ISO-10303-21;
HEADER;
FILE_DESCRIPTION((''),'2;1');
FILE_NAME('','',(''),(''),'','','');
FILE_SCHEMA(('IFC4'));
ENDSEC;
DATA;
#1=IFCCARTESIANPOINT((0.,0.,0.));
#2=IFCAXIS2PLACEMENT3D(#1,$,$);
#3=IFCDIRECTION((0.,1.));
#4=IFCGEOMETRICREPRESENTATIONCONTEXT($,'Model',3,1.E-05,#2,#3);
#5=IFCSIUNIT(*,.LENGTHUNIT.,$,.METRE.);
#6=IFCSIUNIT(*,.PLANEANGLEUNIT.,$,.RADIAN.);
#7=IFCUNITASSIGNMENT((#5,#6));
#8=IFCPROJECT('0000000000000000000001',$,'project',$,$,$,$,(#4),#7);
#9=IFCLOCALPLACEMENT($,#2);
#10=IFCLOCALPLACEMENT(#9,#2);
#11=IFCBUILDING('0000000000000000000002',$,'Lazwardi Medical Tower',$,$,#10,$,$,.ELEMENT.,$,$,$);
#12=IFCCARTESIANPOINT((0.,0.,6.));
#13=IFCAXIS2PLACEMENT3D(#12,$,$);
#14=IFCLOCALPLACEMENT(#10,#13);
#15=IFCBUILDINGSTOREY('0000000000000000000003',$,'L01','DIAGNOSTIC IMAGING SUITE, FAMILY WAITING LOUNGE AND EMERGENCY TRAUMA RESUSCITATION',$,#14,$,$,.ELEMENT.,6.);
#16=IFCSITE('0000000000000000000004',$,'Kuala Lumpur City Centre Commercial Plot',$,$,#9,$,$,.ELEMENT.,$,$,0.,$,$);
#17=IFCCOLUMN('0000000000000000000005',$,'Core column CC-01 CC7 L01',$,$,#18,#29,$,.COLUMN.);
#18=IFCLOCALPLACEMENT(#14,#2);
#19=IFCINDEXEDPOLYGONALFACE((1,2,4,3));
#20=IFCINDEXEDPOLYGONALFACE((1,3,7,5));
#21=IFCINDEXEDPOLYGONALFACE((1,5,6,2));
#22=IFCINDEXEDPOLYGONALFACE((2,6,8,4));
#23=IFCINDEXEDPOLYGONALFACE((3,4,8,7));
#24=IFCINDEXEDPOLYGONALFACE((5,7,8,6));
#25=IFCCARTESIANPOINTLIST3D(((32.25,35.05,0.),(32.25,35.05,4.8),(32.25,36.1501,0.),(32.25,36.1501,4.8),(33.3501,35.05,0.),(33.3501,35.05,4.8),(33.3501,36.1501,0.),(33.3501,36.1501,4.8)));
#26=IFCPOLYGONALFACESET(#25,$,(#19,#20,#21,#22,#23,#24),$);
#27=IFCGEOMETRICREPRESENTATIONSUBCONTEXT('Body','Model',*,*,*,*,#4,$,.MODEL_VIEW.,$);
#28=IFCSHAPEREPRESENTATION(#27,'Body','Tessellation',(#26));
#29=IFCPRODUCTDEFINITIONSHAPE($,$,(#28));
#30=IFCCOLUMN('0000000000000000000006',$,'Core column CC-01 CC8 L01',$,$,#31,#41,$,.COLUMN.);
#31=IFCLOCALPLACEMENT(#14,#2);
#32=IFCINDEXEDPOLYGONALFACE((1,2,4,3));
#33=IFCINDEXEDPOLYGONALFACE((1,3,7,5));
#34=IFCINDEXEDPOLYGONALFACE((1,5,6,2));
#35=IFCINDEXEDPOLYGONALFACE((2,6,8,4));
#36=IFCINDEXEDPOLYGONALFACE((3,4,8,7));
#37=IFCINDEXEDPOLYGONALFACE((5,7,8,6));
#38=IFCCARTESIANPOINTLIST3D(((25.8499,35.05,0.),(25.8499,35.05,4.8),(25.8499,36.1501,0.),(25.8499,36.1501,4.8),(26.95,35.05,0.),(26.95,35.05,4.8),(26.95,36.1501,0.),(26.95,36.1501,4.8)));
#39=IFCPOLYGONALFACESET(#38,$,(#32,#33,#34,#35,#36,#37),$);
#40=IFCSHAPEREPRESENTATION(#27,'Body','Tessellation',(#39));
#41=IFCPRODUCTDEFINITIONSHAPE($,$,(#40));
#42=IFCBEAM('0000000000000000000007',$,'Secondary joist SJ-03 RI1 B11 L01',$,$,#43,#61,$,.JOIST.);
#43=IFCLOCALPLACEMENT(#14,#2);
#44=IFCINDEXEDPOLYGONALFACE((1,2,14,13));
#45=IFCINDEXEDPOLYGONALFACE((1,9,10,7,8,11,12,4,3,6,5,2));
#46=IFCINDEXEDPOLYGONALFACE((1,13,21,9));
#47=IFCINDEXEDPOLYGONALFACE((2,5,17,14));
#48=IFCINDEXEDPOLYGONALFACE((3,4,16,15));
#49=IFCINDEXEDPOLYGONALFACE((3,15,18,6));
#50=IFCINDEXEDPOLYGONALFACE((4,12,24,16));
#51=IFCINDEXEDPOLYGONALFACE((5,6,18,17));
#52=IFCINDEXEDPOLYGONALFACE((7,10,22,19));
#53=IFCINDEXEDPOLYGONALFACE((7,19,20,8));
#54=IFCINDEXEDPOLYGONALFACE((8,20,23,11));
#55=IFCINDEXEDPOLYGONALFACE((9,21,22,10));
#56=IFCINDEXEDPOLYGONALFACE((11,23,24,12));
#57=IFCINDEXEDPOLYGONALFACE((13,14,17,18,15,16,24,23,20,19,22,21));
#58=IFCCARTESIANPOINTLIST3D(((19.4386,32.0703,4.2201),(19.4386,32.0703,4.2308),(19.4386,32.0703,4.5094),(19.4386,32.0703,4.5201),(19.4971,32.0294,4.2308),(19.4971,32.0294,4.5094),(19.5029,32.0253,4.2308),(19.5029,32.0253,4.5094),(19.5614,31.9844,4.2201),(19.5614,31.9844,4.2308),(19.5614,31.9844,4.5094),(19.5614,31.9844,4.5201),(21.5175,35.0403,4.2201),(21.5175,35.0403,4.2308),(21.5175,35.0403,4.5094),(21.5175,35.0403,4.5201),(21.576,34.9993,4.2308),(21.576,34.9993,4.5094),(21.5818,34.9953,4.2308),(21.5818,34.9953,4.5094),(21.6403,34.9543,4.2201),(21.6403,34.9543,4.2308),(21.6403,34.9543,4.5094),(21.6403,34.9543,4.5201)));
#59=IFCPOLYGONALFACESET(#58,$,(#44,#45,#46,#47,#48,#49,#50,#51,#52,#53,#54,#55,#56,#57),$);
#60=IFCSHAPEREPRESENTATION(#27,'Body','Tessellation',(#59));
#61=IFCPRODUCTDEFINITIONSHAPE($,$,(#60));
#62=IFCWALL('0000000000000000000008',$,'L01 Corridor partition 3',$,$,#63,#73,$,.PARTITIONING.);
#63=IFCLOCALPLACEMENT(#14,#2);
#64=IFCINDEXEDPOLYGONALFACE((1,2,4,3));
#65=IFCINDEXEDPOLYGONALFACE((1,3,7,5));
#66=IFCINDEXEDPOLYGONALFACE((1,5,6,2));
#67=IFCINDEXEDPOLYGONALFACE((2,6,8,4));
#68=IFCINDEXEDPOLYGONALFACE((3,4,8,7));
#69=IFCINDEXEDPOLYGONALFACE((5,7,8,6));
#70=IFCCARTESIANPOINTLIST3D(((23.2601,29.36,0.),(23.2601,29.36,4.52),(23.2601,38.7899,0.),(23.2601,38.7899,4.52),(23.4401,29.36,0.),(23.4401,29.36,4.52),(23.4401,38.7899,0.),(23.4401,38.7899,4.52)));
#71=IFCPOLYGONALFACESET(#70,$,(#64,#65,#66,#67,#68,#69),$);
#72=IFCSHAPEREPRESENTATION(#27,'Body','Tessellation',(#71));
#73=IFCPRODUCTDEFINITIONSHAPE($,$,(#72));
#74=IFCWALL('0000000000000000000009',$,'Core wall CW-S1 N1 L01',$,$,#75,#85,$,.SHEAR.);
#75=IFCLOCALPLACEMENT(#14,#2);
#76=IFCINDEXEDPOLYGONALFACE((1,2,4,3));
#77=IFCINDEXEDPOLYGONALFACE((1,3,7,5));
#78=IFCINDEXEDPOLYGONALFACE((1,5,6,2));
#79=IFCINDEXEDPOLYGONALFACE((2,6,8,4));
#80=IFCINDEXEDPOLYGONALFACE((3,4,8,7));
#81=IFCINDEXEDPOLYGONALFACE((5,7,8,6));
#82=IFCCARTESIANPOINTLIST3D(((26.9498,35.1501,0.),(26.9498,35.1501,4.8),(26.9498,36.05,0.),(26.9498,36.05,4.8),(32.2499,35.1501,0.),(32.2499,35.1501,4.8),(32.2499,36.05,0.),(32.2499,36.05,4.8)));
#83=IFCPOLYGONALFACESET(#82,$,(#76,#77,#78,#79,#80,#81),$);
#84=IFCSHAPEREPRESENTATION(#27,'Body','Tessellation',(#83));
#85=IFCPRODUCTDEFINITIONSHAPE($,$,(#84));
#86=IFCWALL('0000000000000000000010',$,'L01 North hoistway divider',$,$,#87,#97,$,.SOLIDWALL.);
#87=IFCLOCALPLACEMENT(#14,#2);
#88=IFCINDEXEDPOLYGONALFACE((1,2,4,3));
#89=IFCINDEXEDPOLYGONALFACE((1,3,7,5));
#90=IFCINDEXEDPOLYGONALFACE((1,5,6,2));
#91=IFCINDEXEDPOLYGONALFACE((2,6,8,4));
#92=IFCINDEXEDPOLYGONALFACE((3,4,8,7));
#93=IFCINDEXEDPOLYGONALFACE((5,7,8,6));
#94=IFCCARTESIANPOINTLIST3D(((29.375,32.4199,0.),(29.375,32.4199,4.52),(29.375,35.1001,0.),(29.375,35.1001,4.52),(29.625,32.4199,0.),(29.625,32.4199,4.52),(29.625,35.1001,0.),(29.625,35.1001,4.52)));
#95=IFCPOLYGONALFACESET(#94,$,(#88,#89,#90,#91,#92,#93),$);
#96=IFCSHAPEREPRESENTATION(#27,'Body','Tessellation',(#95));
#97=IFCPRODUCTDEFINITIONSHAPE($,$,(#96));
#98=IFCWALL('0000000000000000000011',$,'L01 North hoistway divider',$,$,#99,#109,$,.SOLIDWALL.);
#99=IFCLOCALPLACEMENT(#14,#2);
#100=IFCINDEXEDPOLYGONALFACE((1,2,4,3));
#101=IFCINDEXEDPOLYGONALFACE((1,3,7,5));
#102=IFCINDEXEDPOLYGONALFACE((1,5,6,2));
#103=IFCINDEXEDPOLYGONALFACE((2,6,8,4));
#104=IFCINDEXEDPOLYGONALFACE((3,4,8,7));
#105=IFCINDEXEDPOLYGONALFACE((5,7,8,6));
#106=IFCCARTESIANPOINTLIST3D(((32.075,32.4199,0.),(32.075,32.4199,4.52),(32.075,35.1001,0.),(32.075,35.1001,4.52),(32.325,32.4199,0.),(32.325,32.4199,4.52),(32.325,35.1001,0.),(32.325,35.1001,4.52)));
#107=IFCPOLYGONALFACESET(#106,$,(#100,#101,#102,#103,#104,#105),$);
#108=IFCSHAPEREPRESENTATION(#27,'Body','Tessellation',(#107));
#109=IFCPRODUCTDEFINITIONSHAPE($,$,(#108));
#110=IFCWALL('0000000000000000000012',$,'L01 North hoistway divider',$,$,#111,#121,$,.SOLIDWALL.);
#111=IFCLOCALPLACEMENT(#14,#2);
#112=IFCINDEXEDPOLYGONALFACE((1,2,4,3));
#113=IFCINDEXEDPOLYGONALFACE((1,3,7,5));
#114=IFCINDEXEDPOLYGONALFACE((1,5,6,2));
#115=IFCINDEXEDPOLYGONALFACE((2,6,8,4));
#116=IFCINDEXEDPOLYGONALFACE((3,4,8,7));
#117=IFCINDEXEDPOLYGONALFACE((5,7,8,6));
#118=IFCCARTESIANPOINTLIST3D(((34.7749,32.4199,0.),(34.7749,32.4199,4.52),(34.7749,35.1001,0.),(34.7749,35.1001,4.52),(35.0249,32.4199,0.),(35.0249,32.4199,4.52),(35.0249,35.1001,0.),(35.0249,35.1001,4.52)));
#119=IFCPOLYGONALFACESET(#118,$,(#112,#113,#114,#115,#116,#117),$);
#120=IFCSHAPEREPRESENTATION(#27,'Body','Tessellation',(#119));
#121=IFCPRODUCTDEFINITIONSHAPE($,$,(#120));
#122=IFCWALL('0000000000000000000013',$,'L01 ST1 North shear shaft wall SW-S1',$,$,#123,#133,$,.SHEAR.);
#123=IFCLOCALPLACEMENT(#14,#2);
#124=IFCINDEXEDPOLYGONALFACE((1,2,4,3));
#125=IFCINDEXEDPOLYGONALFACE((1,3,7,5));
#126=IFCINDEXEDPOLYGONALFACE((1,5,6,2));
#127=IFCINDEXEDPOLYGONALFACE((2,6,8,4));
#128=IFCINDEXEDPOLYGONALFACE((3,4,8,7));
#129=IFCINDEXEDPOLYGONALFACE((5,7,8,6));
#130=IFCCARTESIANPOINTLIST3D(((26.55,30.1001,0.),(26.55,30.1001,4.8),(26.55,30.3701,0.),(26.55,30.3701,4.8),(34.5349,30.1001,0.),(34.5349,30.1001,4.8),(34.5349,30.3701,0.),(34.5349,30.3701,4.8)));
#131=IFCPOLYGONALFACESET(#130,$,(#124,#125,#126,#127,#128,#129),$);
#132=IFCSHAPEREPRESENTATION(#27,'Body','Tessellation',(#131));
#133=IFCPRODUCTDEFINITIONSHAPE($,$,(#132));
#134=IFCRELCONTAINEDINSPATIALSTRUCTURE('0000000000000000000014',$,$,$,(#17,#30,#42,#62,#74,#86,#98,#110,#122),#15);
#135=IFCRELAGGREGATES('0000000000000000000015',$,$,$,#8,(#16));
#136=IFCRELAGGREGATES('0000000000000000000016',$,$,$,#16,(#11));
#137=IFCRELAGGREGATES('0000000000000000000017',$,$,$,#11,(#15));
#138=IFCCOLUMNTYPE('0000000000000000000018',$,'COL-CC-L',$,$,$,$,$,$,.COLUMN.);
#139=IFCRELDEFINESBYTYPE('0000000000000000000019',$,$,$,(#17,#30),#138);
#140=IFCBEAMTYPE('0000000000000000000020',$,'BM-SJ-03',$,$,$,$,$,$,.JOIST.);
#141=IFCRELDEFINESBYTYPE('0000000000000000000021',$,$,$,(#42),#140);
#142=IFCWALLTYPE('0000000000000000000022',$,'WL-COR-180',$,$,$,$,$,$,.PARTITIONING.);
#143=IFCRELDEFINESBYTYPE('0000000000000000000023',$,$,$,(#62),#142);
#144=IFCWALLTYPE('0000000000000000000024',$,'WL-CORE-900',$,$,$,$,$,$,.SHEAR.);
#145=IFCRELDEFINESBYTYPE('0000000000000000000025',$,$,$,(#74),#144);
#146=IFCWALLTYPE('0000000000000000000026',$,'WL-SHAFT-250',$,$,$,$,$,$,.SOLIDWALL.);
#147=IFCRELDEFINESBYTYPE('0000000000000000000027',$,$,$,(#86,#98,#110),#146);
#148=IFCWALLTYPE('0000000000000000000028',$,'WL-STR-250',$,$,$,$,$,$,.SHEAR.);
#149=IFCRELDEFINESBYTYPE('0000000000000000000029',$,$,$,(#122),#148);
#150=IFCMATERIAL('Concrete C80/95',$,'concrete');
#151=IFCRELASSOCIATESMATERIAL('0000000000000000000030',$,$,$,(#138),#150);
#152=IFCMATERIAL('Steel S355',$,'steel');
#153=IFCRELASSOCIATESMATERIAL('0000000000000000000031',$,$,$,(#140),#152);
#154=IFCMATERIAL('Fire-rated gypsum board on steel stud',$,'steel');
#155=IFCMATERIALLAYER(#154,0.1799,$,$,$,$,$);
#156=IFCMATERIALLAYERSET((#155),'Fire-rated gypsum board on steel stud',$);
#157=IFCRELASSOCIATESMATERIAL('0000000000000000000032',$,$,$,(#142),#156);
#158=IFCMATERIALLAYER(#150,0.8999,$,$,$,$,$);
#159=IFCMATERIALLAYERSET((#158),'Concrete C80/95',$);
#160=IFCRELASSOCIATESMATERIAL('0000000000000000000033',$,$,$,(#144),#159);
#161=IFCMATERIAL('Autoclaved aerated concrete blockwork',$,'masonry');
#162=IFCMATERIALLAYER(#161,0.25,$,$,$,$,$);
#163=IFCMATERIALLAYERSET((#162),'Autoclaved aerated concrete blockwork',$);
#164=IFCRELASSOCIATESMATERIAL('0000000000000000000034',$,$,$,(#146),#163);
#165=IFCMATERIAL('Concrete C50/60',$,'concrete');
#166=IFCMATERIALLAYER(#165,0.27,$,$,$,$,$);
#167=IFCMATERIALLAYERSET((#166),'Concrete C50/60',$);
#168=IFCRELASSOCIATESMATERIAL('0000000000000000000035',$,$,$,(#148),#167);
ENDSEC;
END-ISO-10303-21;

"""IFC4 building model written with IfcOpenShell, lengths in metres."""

from ifc_helpers import new_model, si_unit, direction, frame, frame_2d, origin, origin_2d, place, context, subcontext, project, spatial, rectangle, i_section, extrude, material, layer, layer_set, material_profile, profile_set, type_object, element, save


model = new_model("IFC4")

# Units and contexts
model_context = context("Model", 3, precision=1e-05, world=origin(), true_north=direction((0.0, 1.0)))
body_context = subcontext(model_context, "Body", "Model", "MODEL_VIEW")
ifc_project = project(units=[si_unit("LENGTHUNIT", "METRE"), si_unit("PLANEANGLEUNIT", "RADIAN")], contexts=[model_context])

# Site, building, storey
site_placement = place(None, origin())
site = spatial("IfcSite", under=ifc_project, at=site_placement, Name="Kuala Lumpur City Centre Commercial Plot", CompositionType="ELEMENT", RefElevation=0.0)
building_placement = place(site_placement, origin())
building = spatial("IfcBuilding", under=site, at=building_placement, Name="Lazwardi Medical Tower", CompositionType="ELEMENT")
storey_placement = place(building_placement, frame((0.0, 0.0, 6.0)))
storey = spatial("IfcBuildingStorey", under=building, at=storey_placement, Name="L01", Description="DIAGNOSTIC IMAGING SUITE, FAMILY WAITING LOUNGE AND EMERGENCY TRAUMA RESUSCITATION", CompositionType="ELEMENT", Elevation=6.0)

# Columns
ifc_material_1 = material(Name="Concrete C80/95", Category="concrete")
ifc_material_profile_1 = material_profile(ifc_material_1, rectangle(XDim=1.1001, YDim=1.1001, at=origin_2d()), Name="RC 1100x1100")
ifc_profile_set_1 = profile_set([ifc_material_profile_1], Name="Concrete C80/95")
column_type = type_object("IfcColumnType", Name="COL-CC-L", PredefinedType="COLUMN", material=ifc_profile_set_1)
for number, where, z_axis, x_axis, name in (
    (1, (32.8, 35.6001, 0.0), (0.0, 0.0, 1.0), (1.0, 0.0, 0.0), "Core column CC-01 CC7 L01"),
    (2, (26.3999, 35.6001, 0.0), (0.0, 0.0, 1.0), (1.0, 0.0, 0.0), "Core column CC-01 CC8 L01"),
):
    element("IfcColumn", number, at=place(storey_placement, frame(where, z_axis=z_axis, x_axis=x_axis)), inside=storey, type_object=column_type, Name=name, PredefinedType="COLUMN", context=body_context, shape_type="SweptSolid", body=[
        extrude(rectangle(XDim=1.1001, YDim=1.1001, at=origin_2d()), origin(), (0.0, 0.0, 1.0), 4.8),
    ])

# Beam
ifc_material_2 = material(Name="Steel S355", Category="steel")
ifc_material_profile_2 = material_profile(ifc_material_2, i_section(OverallWidth=0.1499, OverallDepth=0.3, WebThickness=0.0071, FlangeThickness=0.0107, at=origin_2d()), Name="IPE 300")
ifc_profile_set_2 = profile_set([ifc_material_profile_2], Name="Steel S355")
beam_type = type_object("IfcBeamType", Name="BM-SJ-03", PredefinedType="JOIST", material=ifc_profile_set_2)
beam_placement = place(storey_placement, frame((21.5789, 34.9973, 4.3701), z_axis=(-0.57344, -0.819248, 0.0), x_axis=(0.819248, -0.57344, 0.0)))
element("IfcBeam", 3, at=beam_placement, inside=storey, type_object=beam_type, Name="Secondary joist SJ-03 RI1 B11 L01", PredefinedType="JOIST", context=body_context, shape_type="SweptSolid", body=[
    extrude(i_section(OverallWidth=0.1499, OverallDepth=0.3, WebThickness=0.0071, FlangeThickness=0.0107, at=origin_2d()), origin(), (0.0, 0.0, 1.0), 3.6252),
])

# Walls
ifc_material_3 = material(Name="Fire-rated gypsum board on steel stud", Category="steel")
ifc_layer_1 = layer(ifc_material_3, 0.1799)
ifc_layer_set_1 = layer_set([ifc_layer_1], Name="Fire-rated gypsum board on steel stud")
wall_type_1 = type_object("IfcWallType", Name="WL-COR-180", PredefinedType="PARTITIONING", material=ifc_layer_set_1)
wall_1_placement = place(storey_placement, frame((23.3501, 29.3601, 0.0), z_axis=(0.0, 0.0, 1.0), x_axis=(0.0, 1.0, 0.0)))
element("IfcWall", 4, at=wall_1_placement, inside=storey, type_object=wall_type_1, Name="L01 Corridor partition 3", PredefinedType="PARTITIONING", context=body_context, shape_type="SweptSolid", body=[
    extrude(rectangle(XDim=9.4299, YDim=0.1799, at=frame_2d((4.7148, 0.0))), origin(), (0.0, 0.0, 1.0), 4.52),
])
ifc_layer_2 = layer(ifc_material_1, 0.8999)
ifc_layer_set_2 = layer_set([ifc_layer_2], Name="Concrete C80/95")
wall_type_2 = type_object("IfcWallType", Name="WL-CORE-900", PredefinedType="SHEAR", material=ifc_layer_set_2)
wall_2_placement = place(storey_placement, frame((26.95, 35.6001, 0.0), z_axis=(0.0, 0.0, 1.0), x_axis=(1.0, 0.0, 0.0)))
element("IfcWall", 5, at=wall_2_placement, inside=storey, type_object=wall_type_2, Name="Core wall CW-S1 N1 L01", PredefinedType="SHEAR", context=body_context, shape_type="SweptSolid", body=[
    extrude(rectangle(XDim=5.3, YDim=0.8999, at=frame_2d((2.6499, 0.0))), origin(), (0.0, 0.0, 1.0), 4.8),
])
ifc_material_4 = material(Name="Autoclaved aerated concrete blockwork", Category="masonry")
ifc_layer_3 = layer(ifc_material_4, 0.25)
ifc_layer_set_3 = layer_set([ifc_layer_3], Name="Autoclaved aerated concrete blockwork")
wall_type_3 = type_object("IfcWallType", Name="WL-SHAFT-250", PredefinedType="SOLIDWALL", material=ifc_layer_set_3)
for number, where, z_axis, x_axis, name in (
    (6, (29.5, 32.4199, 0.0), (0.0, 0.0, 1.0), (0.0, 1.0, 0.0), "L01 North hoistway divider"),
    (7, (32.2, 32.4199, 0.0), (0.0, 0.0, 1.0), (0.0, 1.0, 0.0), "L01 North hoistway divider"),
    (8, (34.8999, 32.4199, 0.0), (0.0, 0.0, 1.0), (0.0, 1.0, 0.0), "L01 North hoistway divider"),
):
    element("IfcWall", number, at=place(storey_placement, frame(where, z_axis=z_axis, x_axis=x_axis)), inside=storey, type_object=wall_type_3, Name=name, PredefinedType="SOLIDWALL", context=body_context, shape_type="SweptSolid", body=[
        extrude(rectangle(XDim=2.6802, YDim=0.25, at=frame_2d((1.3401, 0.0))), origin(), (0.0, 0.0, 1.0), 4.52),
    ])
ifc_material_5 = material(Name="Concrete C50/60", Category="concrete")
ifc_layer_4 = layer(ifc_material_5, 0.27)
ifc_layer_set_4 = layer_set([ifc_layer_4], Name="Concrete C50/60")
wall_type_4 = type_object("IfcWallType", Name="WL-STR-250", PredefinedType="SHEAR", material=ifc_layer_set_4)
wall_3_placement = place(storey_placement, frame((26.55, 30.2351, 0.0), z_axis=(0.0, 0.0, 1.0), x_axis=(1.0, 0.0, 0.0)))
element("IfcWall", 9, at=wall_3_placement, inside=storey, type_object=wall_type_4, Name="L01 ST1 North shear shaft wall SW-S1", PredefinedType="SHEAR", context=body_context, shape_type="SweptSolid", body=[
    extrude(rectangle(XDim=7.9849, YDim=0.27, at=frame_2d((3.9924, 0.0))), origin(), (0.0, 0.0, 1.0), 4.8),
])

save(model, "model.ifc")
